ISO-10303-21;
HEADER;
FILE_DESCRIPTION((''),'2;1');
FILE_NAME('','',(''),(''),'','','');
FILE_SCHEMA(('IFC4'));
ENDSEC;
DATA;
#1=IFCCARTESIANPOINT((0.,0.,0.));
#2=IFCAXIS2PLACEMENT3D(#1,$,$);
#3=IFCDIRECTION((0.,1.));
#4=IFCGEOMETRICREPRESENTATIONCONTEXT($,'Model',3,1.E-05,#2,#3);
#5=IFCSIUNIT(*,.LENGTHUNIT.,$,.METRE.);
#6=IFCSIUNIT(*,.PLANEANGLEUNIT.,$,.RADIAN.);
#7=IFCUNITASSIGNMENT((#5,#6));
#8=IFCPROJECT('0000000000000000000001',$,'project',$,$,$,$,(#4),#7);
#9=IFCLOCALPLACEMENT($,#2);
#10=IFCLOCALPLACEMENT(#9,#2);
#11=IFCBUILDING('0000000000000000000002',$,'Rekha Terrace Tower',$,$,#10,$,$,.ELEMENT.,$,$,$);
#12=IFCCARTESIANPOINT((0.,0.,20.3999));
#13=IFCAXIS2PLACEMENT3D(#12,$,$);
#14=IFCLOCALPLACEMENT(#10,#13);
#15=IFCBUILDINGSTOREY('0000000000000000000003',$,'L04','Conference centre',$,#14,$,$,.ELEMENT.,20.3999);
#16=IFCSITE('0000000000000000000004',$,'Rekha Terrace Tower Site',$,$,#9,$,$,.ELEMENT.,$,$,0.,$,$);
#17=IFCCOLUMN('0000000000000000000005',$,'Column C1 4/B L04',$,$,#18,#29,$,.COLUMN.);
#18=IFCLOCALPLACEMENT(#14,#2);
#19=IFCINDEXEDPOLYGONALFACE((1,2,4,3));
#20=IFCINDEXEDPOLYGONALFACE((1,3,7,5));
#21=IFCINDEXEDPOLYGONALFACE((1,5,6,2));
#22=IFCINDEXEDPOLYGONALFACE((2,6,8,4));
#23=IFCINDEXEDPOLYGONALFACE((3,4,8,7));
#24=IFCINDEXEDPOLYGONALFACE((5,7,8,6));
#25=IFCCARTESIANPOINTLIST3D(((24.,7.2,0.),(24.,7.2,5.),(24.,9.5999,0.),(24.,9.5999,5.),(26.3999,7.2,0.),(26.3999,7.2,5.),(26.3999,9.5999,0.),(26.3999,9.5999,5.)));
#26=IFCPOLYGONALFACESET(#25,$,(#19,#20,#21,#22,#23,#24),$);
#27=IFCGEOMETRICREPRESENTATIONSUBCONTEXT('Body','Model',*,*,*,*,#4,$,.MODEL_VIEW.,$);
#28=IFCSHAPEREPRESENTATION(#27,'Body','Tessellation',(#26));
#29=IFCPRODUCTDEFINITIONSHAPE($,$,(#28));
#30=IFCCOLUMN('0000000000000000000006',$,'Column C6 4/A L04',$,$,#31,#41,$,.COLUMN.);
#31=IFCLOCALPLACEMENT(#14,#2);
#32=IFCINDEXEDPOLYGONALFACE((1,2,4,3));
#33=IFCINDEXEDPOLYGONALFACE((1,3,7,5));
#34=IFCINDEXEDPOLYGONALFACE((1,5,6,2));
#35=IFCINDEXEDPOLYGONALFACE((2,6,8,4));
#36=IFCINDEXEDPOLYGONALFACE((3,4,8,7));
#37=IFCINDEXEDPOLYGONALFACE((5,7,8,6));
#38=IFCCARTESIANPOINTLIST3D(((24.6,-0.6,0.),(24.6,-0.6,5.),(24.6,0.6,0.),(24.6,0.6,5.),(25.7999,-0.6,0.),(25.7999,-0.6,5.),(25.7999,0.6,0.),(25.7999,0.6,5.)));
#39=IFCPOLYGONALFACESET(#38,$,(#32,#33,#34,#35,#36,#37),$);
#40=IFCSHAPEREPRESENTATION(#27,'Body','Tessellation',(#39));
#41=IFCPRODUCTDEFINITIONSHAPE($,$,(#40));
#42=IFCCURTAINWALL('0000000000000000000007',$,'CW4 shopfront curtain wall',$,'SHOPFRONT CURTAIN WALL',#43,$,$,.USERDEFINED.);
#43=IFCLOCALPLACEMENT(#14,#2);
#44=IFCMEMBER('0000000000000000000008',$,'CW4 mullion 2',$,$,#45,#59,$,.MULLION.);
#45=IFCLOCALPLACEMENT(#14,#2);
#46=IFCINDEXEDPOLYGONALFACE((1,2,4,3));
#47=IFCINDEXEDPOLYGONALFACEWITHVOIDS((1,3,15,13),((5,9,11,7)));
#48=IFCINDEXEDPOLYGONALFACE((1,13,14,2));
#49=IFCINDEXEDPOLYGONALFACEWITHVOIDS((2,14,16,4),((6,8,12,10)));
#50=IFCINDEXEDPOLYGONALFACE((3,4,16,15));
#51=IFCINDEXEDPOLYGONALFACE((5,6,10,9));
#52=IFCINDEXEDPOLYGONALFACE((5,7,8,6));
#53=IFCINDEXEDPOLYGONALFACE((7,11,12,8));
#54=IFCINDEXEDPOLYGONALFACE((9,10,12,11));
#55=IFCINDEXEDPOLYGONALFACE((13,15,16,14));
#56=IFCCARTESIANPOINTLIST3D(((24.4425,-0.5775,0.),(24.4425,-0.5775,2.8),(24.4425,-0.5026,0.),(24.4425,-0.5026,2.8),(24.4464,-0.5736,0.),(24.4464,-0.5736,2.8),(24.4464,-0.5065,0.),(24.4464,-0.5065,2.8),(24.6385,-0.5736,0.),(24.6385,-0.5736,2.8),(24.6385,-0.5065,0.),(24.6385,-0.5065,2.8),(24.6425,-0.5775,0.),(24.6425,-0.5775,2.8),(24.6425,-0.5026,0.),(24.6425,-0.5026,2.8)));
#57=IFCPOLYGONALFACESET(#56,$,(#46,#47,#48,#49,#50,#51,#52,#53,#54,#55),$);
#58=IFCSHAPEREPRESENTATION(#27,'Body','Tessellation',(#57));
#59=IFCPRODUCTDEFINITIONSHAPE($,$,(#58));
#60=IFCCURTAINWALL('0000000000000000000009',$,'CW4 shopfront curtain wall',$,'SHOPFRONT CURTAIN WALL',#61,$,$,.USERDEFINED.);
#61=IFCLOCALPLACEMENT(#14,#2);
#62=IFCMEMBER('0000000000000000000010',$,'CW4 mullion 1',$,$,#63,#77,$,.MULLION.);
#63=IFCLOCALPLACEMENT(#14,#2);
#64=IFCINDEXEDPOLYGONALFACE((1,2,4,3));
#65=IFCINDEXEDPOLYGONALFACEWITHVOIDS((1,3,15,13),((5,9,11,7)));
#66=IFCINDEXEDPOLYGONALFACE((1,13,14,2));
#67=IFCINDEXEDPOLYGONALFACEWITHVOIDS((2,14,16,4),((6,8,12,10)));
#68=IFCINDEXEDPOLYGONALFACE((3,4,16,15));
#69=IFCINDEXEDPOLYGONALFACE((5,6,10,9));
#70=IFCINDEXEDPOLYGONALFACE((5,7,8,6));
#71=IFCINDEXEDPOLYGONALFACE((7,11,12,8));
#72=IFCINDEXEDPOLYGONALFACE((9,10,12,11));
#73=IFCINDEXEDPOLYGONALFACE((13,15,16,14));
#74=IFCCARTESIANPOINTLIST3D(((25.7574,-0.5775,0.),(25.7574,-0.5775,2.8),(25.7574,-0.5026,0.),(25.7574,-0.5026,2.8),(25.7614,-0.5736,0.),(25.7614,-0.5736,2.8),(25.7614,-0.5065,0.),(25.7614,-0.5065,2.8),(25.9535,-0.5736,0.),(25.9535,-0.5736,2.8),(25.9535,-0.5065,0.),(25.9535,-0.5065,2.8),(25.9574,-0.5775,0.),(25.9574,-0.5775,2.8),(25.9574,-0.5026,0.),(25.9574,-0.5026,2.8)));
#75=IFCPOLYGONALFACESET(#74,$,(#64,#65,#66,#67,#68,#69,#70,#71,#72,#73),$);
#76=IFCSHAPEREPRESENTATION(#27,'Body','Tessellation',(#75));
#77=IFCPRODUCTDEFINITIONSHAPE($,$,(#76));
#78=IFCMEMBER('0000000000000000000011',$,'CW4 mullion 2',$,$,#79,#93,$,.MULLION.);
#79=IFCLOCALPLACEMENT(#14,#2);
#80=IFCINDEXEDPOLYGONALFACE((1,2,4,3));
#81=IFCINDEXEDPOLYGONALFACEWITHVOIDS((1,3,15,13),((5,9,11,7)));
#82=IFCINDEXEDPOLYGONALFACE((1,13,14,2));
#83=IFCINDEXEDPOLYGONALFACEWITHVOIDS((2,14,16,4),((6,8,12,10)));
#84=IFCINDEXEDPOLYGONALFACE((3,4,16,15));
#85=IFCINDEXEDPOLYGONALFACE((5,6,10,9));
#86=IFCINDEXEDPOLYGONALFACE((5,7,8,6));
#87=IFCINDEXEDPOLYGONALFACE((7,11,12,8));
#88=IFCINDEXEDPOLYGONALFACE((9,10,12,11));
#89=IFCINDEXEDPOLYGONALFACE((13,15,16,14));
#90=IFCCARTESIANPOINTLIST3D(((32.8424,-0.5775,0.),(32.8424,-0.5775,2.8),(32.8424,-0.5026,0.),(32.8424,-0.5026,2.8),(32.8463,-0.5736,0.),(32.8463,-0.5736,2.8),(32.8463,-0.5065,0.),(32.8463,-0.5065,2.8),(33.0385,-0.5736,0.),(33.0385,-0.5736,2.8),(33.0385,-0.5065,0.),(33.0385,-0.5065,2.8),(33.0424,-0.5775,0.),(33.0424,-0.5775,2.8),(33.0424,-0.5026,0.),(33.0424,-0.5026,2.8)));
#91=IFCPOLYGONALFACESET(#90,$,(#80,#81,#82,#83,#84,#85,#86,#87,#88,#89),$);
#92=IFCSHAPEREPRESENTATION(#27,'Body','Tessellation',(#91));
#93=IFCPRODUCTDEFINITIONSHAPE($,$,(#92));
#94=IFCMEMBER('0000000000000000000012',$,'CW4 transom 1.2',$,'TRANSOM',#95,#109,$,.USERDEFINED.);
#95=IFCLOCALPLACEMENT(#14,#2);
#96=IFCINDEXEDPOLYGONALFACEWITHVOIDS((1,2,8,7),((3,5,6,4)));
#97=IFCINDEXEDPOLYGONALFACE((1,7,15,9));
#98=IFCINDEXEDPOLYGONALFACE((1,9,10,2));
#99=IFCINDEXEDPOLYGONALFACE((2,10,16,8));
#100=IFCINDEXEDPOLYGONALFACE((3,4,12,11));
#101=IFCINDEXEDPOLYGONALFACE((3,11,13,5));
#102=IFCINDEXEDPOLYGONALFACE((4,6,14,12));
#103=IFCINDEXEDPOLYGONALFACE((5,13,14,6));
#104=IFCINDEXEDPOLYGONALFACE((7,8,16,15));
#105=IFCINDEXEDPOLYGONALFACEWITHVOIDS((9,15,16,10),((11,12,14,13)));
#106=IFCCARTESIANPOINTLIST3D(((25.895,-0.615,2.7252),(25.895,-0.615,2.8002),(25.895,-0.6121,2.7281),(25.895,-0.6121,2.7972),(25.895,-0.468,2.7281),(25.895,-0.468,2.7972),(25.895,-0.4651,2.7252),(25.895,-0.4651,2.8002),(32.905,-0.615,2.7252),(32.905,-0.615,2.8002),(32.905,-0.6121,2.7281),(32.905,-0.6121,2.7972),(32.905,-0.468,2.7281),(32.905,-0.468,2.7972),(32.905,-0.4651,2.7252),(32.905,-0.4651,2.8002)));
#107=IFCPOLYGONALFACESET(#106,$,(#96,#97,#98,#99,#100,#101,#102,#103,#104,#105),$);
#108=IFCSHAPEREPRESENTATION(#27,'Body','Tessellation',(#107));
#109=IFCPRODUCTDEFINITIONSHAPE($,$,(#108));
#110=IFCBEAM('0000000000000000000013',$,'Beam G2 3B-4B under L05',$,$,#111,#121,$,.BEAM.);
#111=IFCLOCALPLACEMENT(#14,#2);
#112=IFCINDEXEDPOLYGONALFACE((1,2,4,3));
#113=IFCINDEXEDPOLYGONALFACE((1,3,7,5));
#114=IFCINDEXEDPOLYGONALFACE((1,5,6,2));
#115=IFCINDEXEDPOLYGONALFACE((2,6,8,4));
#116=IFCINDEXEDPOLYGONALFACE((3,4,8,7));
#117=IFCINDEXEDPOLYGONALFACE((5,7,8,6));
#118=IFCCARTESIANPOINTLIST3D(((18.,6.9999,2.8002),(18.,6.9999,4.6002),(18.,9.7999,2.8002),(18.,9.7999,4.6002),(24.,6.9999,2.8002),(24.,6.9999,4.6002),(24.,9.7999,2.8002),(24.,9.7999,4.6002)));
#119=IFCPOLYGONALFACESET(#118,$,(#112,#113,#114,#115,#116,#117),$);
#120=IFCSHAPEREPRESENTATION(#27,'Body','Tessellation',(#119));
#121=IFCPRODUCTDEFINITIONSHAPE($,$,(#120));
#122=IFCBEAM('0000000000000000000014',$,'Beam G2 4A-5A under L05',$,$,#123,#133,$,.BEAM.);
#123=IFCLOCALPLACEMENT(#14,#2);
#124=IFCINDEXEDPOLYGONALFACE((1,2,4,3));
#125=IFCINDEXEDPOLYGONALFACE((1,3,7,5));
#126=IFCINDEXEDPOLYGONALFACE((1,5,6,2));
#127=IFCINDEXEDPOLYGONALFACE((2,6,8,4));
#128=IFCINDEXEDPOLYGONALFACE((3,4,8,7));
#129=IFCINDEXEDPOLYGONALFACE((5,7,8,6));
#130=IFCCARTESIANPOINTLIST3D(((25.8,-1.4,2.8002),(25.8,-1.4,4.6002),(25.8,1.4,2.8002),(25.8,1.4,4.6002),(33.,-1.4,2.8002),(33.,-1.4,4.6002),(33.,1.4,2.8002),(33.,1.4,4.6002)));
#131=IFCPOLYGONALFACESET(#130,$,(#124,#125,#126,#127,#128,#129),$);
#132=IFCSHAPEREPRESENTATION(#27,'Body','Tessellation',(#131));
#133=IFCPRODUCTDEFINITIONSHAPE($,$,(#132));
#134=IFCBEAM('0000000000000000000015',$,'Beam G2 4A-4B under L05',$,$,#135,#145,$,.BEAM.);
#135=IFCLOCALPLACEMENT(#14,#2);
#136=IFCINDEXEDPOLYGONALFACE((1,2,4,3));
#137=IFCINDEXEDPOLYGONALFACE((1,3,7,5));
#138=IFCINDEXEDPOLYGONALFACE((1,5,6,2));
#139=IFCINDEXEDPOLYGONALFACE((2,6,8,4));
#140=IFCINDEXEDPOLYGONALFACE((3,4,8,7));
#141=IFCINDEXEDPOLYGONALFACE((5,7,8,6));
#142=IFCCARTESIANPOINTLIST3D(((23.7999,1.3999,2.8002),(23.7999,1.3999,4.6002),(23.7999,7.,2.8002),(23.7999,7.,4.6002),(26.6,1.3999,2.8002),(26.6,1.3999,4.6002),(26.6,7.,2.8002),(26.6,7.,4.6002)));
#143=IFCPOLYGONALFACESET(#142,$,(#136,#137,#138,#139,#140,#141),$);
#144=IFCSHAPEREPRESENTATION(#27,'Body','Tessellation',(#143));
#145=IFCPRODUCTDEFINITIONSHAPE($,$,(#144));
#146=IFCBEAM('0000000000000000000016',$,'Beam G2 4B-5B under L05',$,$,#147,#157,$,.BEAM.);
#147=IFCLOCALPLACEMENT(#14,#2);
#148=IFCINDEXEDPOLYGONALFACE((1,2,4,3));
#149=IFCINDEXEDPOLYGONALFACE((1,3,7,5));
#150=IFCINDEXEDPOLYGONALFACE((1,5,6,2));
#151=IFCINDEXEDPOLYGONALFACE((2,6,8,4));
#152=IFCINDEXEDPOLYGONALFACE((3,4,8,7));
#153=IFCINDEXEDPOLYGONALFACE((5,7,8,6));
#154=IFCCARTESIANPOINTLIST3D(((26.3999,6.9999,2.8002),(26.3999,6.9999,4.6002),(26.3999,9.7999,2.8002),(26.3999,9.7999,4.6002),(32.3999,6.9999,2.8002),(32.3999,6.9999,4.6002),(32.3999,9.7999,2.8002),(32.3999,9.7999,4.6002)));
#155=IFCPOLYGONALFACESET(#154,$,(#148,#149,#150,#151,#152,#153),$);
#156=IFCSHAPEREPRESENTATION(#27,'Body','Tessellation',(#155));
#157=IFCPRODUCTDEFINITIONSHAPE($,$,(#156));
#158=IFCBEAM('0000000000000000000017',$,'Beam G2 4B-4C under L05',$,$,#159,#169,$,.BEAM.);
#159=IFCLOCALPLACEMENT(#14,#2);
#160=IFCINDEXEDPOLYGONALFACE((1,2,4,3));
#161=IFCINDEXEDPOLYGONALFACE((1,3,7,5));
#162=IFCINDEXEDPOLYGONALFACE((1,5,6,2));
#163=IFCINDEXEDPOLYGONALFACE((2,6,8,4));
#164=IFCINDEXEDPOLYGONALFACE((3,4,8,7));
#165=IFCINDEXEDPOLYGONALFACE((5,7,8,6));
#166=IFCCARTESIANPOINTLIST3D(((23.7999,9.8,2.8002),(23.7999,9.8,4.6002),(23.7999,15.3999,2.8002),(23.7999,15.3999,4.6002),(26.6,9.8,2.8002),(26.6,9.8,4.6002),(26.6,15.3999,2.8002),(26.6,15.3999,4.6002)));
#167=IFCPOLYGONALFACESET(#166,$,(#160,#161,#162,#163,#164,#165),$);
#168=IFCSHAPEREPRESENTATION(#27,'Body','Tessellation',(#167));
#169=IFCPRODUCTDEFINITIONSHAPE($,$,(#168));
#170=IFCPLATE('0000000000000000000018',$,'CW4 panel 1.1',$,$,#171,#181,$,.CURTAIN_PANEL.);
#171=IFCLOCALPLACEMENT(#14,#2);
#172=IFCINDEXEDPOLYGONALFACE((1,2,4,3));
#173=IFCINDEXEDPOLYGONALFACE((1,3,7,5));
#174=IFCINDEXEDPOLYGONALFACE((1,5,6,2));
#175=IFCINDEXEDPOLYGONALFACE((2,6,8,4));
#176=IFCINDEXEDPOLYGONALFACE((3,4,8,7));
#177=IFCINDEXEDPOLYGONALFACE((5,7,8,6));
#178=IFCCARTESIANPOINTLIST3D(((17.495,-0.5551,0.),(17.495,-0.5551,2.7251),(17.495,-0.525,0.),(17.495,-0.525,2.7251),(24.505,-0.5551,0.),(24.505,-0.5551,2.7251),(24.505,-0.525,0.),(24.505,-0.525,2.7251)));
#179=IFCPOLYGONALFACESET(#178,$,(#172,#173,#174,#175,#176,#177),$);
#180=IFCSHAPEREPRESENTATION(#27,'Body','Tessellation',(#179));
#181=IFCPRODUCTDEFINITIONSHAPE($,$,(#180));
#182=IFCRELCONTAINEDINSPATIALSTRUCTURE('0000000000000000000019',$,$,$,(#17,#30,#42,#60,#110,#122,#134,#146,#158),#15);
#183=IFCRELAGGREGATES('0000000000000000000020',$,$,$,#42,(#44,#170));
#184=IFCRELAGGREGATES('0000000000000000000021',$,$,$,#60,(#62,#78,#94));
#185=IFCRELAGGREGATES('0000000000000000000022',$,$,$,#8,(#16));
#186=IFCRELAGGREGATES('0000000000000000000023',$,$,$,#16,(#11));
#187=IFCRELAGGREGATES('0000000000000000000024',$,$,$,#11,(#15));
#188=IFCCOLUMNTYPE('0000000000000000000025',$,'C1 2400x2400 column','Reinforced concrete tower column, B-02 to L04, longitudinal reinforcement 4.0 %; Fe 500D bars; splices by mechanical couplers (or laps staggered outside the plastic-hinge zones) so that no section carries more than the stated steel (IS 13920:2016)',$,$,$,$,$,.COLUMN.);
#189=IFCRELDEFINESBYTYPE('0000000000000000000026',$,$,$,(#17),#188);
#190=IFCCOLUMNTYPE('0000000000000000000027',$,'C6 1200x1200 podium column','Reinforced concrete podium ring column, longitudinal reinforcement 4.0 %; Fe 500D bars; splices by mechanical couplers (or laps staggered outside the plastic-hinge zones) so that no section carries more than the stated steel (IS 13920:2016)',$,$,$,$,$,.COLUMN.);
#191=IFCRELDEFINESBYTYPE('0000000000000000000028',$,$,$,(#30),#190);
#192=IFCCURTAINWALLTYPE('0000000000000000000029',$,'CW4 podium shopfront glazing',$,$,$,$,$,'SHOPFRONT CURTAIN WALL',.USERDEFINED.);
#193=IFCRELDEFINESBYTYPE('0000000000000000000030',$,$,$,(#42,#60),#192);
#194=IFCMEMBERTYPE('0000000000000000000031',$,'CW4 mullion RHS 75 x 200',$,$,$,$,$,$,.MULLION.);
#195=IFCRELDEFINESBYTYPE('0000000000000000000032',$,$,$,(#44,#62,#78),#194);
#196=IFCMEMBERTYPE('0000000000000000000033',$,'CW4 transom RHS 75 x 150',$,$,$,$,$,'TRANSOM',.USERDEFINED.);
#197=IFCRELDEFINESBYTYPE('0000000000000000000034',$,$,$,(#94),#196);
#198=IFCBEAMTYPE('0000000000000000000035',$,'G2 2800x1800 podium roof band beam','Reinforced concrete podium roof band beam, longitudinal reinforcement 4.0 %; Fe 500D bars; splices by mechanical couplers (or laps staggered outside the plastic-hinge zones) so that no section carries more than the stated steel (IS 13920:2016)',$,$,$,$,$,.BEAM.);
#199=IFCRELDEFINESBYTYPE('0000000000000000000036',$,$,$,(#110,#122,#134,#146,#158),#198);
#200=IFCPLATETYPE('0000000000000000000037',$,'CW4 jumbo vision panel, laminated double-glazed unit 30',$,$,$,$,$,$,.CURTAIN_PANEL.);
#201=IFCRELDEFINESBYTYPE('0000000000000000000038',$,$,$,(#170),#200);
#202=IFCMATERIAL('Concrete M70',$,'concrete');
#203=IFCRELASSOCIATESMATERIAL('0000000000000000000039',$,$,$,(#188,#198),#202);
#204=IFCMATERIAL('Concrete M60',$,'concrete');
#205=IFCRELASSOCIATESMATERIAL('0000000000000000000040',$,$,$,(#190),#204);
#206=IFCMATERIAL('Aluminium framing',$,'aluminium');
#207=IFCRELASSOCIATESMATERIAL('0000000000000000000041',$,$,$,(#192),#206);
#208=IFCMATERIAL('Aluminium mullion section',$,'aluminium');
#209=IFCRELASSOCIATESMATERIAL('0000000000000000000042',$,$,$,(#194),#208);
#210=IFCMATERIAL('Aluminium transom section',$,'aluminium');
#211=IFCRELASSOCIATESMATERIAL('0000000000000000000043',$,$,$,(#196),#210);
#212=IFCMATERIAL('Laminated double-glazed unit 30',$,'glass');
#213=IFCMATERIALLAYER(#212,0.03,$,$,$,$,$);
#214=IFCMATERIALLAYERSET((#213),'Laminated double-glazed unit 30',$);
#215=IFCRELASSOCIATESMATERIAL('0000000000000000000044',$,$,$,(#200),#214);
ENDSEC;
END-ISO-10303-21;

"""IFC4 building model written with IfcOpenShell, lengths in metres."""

from ifc_helpers import new_model, si_unit, direction, frame, origin, origin_2d, place, context, subcontext, project, spatial, rectangle, hollow_rectangle, extrude, material, layer, layer_set, material_profile, profile_set, type_object, element, aggregate, save


model = new_model("IFC4")

# Units and contexts
model_context = context("Model", 3, precision=1e-05, world=origin(), true_north=direction((0.0, 1.0)))
body_context = subcontext(model_context, "Body", "Model", "MODEL_VIEW")
ifc_project = project(units=[si_unit("LENGTHUNIT", "METRE"), si_unit("PLANEANGLEUNIT", "RADIAN")], contexts=[model_context])

# Site, building, storey
site_placement = place(None, origin())
site = spatial("IfcSite", under=ifc_project, at=site_placement, Name="Rekha Terrace Tower Site", CompositionType="ELEMENT", RefElevation=0.0)
building_placement = place(site_placement, origin())
building = spatial("IfcBuilding", under=site, at=building_placement, Name="Rekha Terrace Tower", CompositionType="ELEMENT")
storey_placement = place(building_placement, frame((0.0, 0.0, 20.3999)))
storey = spatial("IfcBuildingStorey", under=building, at=storey_placement, Name="L04", Description="Conference centre", CompositionType="ELEMENT", Elevation=20.3999)

# Columns
ifc_material_1 = material(Name="Concrete M70", Category="concrete")
ifc_material_profile_1 = material_profile(ifc_material_1, rectangle(XDim=2.3999, YDim=2.3999, at=origin_2d()), Name="RC 2400x2400")
ifc_profile_set_1 = profile_set([ifc_material_profile_1], Name="Concrete M70")
column_type_1 = type_object("IfcColumnType", Name="C1 2400x2400 column", Description="Reinforced concrete tower column, B-02 to L04, longitudinal reinforcement 4.0 %; Fe 500D bars; splices by mechanical couplers (or laps staggered outside the plastic-hinge zones) so that no section carries more than the stated steel (IS 13920:2016)", PredefinedType="COLUMN", material=ifc_profile_set_1)
column_1_placement = place(storey_placement, frame((25.2, 8.3999, 0.0), z_axis=(0.0, 0.0, 1.0), x_axis=(1.0, 0.0, 0.0)))
element("IfcColumn", 1, at=column_1_placement, inside=storey, type_object=column_type_1, Name="Column C1 4/B L04", PredefinedType="COLUMN", context=body_context, shape_type="SweptSolid", body=[
    extrude(rectangle(XDim=2.3999, YDim=2.3999, at=origin_2d()), origin(), (0.0, 0.0, 1.0), 5.0),
])
ifc_material_2 = material(Name="Concrete M60", Category="concrete")
ifc_material_profile_2 = material_profile(ifc_material_2, rectangle(XDim=1.2, YDim=1.2, at=origin_2d()), Name="RC 1200x1200")
ifc_profile_set_2 = profile_set([ifc_material_profile_2], Name="Concrete M60")
column_type_2 = type_object("IfcColumnType", Name="C6 1200x1200 podium column", Description="Reinforced concrete podium ring column, longitudinal reinforcement 4.0 %; Fe 500D bars; splices by mechanical couplers (or laps staggered outside the plastic-hinge zones) so that no section carries more than the stated steel (IS 13920:2016)", PredefinedType="COLUMN", material=ifc_profile_set_2)
column_2_placement = place(storey_placement, frame((25.2, 0.0, 0.0), z_axis=(0.0, 0.0, 1.0), x_axis=(1.0, 0.0, 0.0)))
element("IfcColumn", 2, at=column_2_placement, inside=storey, type_object=column_type_2, Name="Column C6 4/A L04", PredefinedType="COLUMN", context=body_context, shape_type="SweptSolid", body=[
    extrude(rectangle(XDim=1.2, YDim=1.2, at=origin_2d()), origin(), (0.0, 0.0, 1.0), 5.0),
])

# Curtain wall, member
ifc_material_3 = material(Name="Aluminium framing", Category="aluminium")
curtain_wall_type = type_object("IfcCurtainWallType", Name="CW4 podium shopfront glazing", ElementType="SHOPFRONT CURTAIN WALL", PredefinedType="USERDEFINED", material=ifc_material_3)
curtain_wall_1_placement = place(storey_placement, origin())
curtain_wall_1 = element("IfcCurtainWall", 3, at=curtain_wall_1_placement, inside=storey, type_object=curtain_wall_type, Name="CW4 shopfront curtain wall", ObjectType="SHOPFRONT CURTAIN WALL", PredefinedType="USERDEFINED")
ifc_material_4 = material(Name="Aluminium mullion section", Category="aluminium")
ifc_material_profile_3 = material_profile(ifc_material_4, hollow_rectangle(XDim=0.075, YDim=0.2, WallThickness=0.0039, at=origin_2d()), Name="AL RHS 75x200")
ifc_profile_set_3 = profile_set([ifc_material_profile_3], Name="Aluminium mullion section")
member_type_1 = type_object("IfcMemberType", Name="CW4 mullion RHS 75 x 200", PredefinedType="MULLION", material=ifc_profile_set_3)
member_1_placement = place(storey_placement, frame((24.5425, -0.54, 0.0), z_axis=(0.0, 0.0, 1.0), x_axis=(0.0, 1.0, 0.0)))
member_1 = element("IfcMember", 4, at=member_1_placement, type_object=member_type_1, Name="CW4 mullion 2", PredefinedType="MULLION", context=body_context, shape_type="SweptSolid", body=[
    extrude(hollow_rectangle(XDim=0.075, YDim=0.2, WallThickness=0.0039, at=origin_2d()), origin(), (0.0, 0.0, 1.0), 2.8),
])

# Curtain wall, members
curtain_wall_2_placement = place(storey_placement, origin())
curtain_wall_2 = element("IfcCurtainWall", 5, at=curtain_wall_2_placement, inside=storey, type_object=curtain_wall_type, Name="CW4 shopfront curtain wall", ObjectType="SHOPFRONT CURTAIN WALL", PredefinedType="USERDEFINED")
member_2_placement = place(storey_placement, frame((25.8574, -0.54, 0.0), z_axis=(0.0, 0.0, 1.0), x_axis=(0.0, 1.0, 0.0)))
member_2 = element("IfcMember", 6, at=member_2_placement, type_object=member_type_1, Name="CW4 mullion 1", PredefinedType="MULLION", context=body_context, shape_type="SweptSolid", body=[
    extrude(hollow_rectangle(XDim=0.075, YDim=0.2, WallThickness=0.0039, at=origin_2d()), origin(), (0.0, 0.0, 1.0), 2.8),
])
member_3_placement = place(storey_placement, frame((32.9424, -0.54, 0.0), z_axis=(0.0, 0.0, 1.0), x_axis=(0.0, 1.0, 0.0)))
member_3 = element("IfcMember", 7, at=member_3_placement, type_object=member_type_1, Name="CW4 mullion 2", PredefinedType="MULLION", context=body_context, shape_type="SweptSolid", body=[
    extrude(hollow_rectangle(XDim=0.075, YDim=0.2, WallThickness=0.0039, at=origin_2d()), origin(), (0.0, 0.0, 1.0), 2.8),
])
ifc_material_5 = material(Name="Aluminium transom section", Category="aluminium")
ifc_material_profile_4 = material_profile(ifc_material_5, hollow_rectangle(XDim=0.1499, YDim=0.075, WallThickness=0.0029, at=origin_2d()), Name="AL RHS 150x75")
ifc_profile_set_4 = profile_set([ifc_material_profile_4], Name="Aluminium transom section")
member_type_2 = type_object("IfcMemberType", Name="CW4 transom RHS 75 x 150", ElementType="TRANSOM", PredefinedType="USERDEFINED", material=ifc_profile_set_4)
member_4_placement = place(storey_placement, frame((25.895, -0.54, 2.7627), z_axis=(1.0, 0.0, 0.0), x_axis=(0.0, 1.0, 0.0)))
member_4 = element("IfcMember", 8, at=member_4_placement, type_object=member_type_2, Name="CW4 transom 1.2", ObjectType="TRANSOM", PredefinedType="USERDEFINED", context=body_context, shape_type="SweptSolid", body=[
    extrude(hollow_rectangle(XDim=0.1499, YDim=0.075, WallThickness=0.0029, at=origin_2d()), origin(), (0.0, 0.0, 1.0), 7.01),
])

# Beams
ifc_material_profile_5 = material_profile(ifc_material_1, rectangle(XDim=2.8, YDim=1.8, at=origin_2d()), Name="RC 2800x1800")
ifc_profile_set_5 = profile_set([ifc_material_profile_5], Name="Concrete M70")
beam_type = type_object("IfcBeamType", Name="G2 2800x1800 podium roof band beam", Description="Reinforced concrete podium roof band beam, longitudinal reinforcement 4.0 %; Fe 500D bars; splices by mechanical couplers (or laps staggered outside the plastic-hinge zones) so that no section carries more than the stated steel (IS 13920:2016)", PredefinedType="BEAM", material=ifc_profile_set_5)
beam_1_placement = place(storey_placement, frame((18.0, 8.3999, 3.7002), z_axis=(1.0, 0.0, 0.0), x_axis=(0.0, 1.0, 0.0)))
element("IfcBeam", 9, at=beam_1_placement, inside=storey, type_object=beam_type, Name="Beam G2 3B-4B under L05", PredefinedType="BEAM", context=body_context, shape_type="SweptSolid", body=[
    extrude(rectangle(XDim=2.8, YDim=1.8, at=origin_2d()), origin(), (0.0, 0.0, 1.0), 6.0),
])
beam_2_placement = place(storey_placement, frame((25.8, 0.0, 3.7002), z_axis=(1.0, 0.0, 0.0), x_axis=(0.0, 1.0, 0.0)))
element("IfcBeam", 10, at=beam_2_placement, inside=storey, type_object=beam_type, Name="Beam G2 4A-5A under L05", PredefinedType="BEAM", context=body_context, shape_type="SweptSolid", body=[
    extrude(rectangle(XDim=2.8, YDim=1.8, at=origin_2d()), origin(), (0.0, 0.0, 1.0), 7.2),
])
beam_3_placement = place(storey_placement, frame((25.2, 1.3999, 3.7002), z_axis=(0.0, 1.0, 0.0), x_axis=(-1.0, 0.0, 0.0)))
element("IfcBeam", 11, at=beam_3_placement, inside=storey, type_object=beam_type, Name="Beam G2 4A-4B under L05", PredefinedType="BEAM", context=body_context, shape_type="SweptSolid", body=[
    extrude(rectangle(XDim=2.8, YDim=1.8, at=origin_2d()), origin(), (0.0, 0.0, 1.0), 5.6001),
])
beam_4_placement = place(storey_placement, frame((26.3999, 8.3999, 3.7002), z_axis=(1.0, 0.0, 0.0), x_axis=(0.0, 1.0, 0.0)))
element("IfcBeam", 12, at=beam_4_placement, inside=storey, type_object=beam_type, Name="Beam G2 4B-5B under L05", PredefinedType="BEAM", context=body_context, shape_type="SweptSolid", body=[
    extrude(rectangle(XDim=2.8, YDim=1.8, at=origin_2d()), origin(), (0.0, 0.0, 1.0), 6.0),
])
beam_5_placement = place(storey_placement, frame((25.2, 9.8, 3.7002), z_axis=(0.0, 1.0, 0.0), x_axis=(-1.0, 0.0, 0.0)))
element("IfcBeam", 13, at=beam_5_placement, inside=storey, type_object=beam_type, Name="Beam G2 4B-4C under L05", PredefinedType="BEAM", context=body_context, shape_type="SweptSolid", body=[
    extrude(rectangle(XDim=2.8, YDim=1.8, at=origin_2d()), origin(), (0.0, 0.0, 1.0), 5.5999),
])

# Plate
ifc_material_6 = material(Name="Laminated double-glazed unit 30", Category="glass")
ifc_layer_1 = layer(ifc_material_6, 0.03)
ifc_layer_set_1 = layer_set([ifc_layer_1], Name="Laminated double-glazed unit 30")
plate_type = type_object("IfcPlateType", Name="CW4 jumbo vision panel, laminated double-glazed unit 30", PredefinedType="CURTAIN_PANEL", material=ifc_layer_set_1)
plate_1_placement = place(storey_placement, frame((21.0, -0.54, 0.0), z_axis=(0.0, 0.0, 1.0), x_axis=(1.0, 0.0, 0.0)))
plate_1 = element("IfcPlate", 14, at=plate_1_placement, type_object=plate_type, Name="CW4 panel 1.1", PredefinedType="CURTAIN_PANEL", context=body_context, shape_type="SweptSolid", body=[
    extrude(rectangle(XDim=7.01, YDim=0.03, at=origin_2d()), origin(), (0.0, 0.0, 1.0), 2.7251),
])
aggregate(curtain_wall_1, [member_1, plate_1])
aggregate(curtain_wall_2, [member_2, member_3, member_4])

save(model, "model.ifc")
